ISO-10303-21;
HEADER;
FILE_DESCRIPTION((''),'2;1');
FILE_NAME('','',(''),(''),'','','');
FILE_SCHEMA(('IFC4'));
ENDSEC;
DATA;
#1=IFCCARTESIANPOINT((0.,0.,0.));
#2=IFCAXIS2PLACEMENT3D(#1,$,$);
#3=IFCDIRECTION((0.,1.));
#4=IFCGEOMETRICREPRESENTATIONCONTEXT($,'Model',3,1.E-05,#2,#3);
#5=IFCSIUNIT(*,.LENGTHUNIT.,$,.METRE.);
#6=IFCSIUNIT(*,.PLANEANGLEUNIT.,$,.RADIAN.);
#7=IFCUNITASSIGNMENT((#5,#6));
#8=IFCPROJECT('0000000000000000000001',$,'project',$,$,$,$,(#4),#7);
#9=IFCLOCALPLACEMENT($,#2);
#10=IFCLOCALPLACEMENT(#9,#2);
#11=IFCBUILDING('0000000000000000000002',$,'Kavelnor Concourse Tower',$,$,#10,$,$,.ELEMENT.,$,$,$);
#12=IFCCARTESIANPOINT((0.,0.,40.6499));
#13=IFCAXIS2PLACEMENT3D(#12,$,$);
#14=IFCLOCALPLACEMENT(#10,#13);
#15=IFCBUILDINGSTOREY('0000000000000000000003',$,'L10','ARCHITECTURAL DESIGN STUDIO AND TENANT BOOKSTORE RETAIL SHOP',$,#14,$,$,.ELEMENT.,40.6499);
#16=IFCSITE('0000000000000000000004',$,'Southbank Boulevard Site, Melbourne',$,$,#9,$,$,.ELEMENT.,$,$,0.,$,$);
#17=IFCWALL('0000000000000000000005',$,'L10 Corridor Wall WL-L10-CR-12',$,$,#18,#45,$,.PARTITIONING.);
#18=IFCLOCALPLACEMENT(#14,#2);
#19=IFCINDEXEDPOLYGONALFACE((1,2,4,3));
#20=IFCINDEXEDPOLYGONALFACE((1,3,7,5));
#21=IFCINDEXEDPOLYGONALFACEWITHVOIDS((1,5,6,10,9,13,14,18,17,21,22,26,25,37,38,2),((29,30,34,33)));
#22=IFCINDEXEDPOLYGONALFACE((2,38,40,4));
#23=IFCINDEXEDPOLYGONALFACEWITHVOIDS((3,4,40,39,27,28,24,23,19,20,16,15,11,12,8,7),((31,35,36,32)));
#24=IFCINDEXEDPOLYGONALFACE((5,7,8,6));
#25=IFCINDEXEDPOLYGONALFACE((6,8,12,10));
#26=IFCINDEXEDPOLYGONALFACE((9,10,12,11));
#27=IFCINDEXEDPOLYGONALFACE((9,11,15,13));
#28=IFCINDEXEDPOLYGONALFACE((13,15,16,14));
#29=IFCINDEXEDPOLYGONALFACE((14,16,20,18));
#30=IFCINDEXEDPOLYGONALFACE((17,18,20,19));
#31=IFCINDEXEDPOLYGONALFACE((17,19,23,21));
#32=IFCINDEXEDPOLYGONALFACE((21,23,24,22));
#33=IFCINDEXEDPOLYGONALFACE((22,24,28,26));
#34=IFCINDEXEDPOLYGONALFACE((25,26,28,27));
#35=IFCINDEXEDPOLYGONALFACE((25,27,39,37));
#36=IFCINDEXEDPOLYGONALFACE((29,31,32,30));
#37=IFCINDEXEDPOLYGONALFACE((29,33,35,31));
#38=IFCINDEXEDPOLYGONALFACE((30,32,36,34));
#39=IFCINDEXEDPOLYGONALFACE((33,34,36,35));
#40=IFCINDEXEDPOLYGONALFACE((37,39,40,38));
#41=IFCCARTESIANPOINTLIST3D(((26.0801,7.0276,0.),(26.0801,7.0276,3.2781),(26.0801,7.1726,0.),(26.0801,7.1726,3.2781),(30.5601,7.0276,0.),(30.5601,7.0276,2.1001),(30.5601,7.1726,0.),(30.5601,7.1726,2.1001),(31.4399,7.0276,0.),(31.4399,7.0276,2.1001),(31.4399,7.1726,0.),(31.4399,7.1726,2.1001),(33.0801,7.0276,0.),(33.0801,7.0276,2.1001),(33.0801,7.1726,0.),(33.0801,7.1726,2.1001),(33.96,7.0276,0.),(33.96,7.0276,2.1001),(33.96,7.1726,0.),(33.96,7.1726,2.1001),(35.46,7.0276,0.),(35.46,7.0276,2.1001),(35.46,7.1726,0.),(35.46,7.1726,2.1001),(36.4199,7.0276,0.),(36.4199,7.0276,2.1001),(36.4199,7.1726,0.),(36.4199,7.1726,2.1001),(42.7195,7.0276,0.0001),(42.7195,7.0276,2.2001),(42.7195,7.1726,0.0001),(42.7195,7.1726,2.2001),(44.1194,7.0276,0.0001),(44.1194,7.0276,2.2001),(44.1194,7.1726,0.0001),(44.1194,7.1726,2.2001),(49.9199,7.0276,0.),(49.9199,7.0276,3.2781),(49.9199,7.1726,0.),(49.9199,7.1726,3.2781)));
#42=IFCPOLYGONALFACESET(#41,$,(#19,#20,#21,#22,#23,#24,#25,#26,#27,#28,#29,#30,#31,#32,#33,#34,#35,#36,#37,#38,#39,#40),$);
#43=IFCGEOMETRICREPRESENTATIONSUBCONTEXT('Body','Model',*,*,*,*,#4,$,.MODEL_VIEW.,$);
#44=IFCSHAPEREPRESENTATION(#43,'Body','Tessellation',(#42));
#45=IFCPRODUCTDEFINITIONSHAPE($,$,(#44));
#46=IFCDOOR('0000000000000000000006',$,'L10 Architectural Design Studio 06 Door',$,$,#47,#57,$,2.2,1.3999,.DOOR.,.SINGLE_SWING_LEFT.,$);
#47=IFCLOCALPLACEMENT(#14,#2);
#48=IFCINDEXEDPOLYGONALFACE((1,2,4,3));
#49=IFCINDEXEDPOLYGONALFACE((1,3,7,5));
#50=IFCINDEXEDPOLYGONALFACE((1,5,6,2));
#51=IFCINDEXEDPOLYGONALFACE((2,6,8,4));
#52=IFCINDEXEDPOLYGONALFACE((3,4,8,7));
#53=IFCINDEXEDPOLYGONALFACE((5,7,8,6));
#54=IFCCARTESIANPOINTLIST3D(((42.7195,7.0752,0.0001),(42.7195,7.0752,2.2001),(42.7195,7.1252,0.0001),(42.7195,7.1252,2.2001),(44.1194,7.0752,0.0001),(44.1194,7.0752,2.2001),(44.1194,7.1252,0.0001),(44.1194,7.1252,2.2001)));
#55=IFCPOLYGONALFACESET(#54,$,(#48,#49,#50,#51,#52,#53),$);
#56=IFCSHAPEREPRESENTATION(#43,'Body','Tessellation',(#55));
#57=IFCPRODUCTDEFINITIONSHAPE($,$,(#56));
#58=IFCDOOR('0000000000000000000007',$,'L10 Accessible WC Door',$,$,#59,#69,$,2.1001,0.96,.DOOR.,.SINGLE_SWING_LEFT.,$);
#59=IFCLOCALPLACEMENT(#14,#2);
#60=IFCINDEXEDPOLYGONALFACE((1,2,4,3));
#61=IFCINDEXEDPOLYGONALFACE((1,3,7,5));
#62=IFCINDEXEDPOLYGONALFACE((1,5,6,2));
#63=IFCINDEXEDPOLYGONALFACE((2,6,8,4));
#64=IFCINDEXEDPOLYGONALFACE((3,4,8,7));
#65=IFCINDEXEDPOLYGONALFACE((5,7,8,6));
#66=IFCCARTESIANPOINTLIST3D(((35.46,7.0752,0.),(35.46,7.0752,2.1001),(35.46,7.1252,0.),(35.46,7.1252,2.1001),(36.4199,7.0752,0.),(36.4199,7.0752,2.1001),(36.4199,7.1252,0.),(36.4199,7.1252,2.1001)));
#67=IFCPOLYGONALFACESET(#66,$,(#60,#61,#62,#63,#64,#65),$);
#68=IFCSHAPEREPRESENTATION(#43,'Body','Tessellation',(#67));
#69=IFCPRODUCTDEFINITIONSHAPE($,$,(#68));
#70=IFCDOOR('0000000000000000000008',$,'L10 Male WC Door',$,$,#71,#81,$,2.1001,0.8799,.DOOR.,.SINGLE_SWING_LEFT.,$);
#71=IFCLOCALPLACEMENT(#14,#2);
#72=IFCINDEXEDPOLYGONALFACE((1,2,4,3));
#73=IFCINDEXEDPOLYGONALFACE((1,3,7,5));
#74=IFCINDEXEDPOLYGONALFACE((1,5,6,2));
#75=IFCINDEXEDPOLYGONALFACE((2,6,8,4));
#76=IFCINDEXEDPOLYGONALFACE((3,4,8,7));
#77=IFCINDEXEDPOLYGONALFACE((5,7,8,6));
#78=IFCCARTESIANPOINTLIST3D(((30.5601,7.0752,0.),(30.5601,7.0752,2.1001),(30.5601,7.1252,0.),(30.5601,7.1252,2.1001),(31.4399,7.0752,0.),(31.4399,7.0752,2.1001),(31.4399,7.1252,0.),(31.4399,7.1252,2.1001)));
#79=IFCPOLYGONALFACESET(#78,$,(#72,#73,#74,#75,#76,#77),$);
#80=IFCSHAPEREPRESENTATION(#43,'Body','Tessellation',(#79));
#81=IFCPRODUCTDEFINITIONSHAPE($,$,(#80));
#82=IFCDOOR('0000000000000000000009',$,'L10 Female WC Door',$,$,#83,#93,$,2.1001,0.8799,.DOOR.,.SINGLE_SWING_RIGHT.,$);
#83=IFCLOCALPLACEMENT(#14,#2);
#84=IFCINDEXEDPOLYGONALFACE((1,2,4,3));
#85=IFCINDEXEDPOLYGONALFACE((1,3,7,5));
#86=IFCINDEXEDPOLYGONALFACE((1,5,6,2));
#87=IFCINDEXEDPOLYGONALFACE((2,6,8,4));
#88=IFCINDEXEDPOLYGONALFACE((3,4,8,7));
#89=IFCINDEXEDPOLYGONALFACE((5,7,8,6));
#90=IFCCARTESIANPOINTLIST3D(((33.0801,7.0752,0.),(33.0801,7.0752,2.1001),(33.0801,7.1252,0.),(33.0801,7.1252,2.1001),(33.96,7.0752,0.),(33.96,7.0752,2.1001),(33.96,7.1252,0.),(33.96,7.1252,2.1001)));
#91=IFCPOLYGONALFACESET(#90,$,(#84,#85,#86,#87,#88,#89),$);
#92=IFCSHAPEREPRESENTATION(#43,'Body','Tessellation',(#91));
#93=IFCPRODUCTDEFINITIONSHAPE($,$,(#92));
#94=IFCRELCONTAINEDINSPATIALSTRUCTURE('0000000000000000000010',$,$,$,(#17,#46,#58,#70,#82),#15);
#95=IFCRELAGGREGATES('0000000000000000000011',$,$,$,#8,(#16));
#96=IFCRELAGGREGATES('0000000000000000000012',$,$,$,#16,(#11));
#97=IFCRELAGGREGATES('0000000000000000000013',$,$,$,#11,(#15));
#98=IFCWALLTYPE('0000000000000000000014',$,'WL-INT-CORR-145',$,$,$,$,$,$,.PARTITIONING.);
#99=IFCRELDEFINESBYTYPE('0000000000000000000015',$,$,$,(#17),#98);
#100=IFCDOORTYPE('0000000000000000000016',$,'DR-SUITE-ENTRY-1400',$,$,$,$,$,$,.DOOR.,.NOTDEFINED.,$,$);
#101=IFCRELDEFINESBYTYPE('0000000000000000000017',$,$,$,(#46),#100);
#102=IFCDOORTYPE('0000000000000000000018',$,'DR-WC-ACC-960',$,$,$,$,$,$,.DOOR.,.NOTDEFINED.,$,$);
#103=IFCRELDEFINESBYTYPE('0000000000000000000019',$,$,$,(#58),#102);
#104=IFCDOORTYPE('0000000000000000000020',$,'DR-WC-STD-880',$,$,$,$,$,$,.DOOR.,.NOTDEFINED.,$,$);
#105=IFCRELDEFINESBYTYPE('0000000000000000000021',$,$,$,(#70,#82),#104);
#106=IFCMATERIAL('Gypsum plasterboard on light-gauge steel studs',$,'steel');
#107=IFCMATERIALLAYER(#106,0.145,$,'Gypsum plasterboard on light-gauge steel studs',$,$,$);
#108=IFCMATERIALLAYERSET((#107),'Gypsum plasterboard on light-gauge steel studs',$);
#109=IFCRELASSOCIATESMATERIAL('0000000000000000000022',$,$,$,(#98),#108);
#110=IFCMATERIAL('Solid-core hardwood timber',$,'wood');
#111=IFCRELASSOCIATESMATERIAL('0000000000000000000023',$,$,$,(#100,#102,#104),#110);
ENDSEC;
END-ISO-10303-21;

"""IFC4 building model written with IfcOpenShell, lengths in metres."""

from ifc_helpers import new_model, si_unit, direction, frame, frame_2d, origin, place, context, subcontext, project, spatial, rectangle, extrude, material, layer, layer_set, type_object, element, fill, save


model = new_model("IFC4")

# Units and contexts
model_context = context("Model", 3, precision=1e-05, world=origin(), true_north=direction((0.0, 1.0)))
body_context = subcontext(model_context, "Body", "Model", "MODEL_VIEW")
ifc_project = project(units=[si_unit("LENGTHUNIT", "METRE"), si_unit("PLANEANGLEUNIT", "RADIAN")], contexts=[model_context])

# Site, building, storey
site_placement = place(None, origin())
site = spatial("IfcSite", under=ifc_project, at=site_placement, Name="Southbank Boulevard Site, Melbourne", CompositionType="ELEMENT", RefElevation=0.0)
building_placement = place(site_placement, origin())
building = spatial("IfcBuilding", under=site, at=building_placement, Name="Kavelnor Concourse Tower", CompositionType="ELEMENT")
storey_placement = place(building_placement, frame((0.0, 0.0, 40.6499)))
storey = spatial("IfcBuildingStorey", under=building, at=storey_placement, Name="L10", Description="ARCHITECTURAL DESIGN STUDIO AND TENANT BOOKSTORE RETAIL SHOP", CompositionType="ELEMENT", Elevation=40.6499)

# Shared definitions
ifc_material_1 = material(Name="Gypsum plasterboard on light-gauge steel studs", Category="steel")
ifc_layer_1 = layer(ifc_material_1, 0.145, Name="Gypsum plasterboard on light-gauge steel studs")
ifc_layer_set_1 = layer_set([ifc_layer_1], Name="Gypsum plasterboard on light-gauge steel studs")
wall_type_1 = type_object("IfcWallType", Name="WL-INT-CORR-145", PredefinedType="PARTITIONING", material=ifc_layer_set_1)

# Wall, openings, doors
wall_1_placement = place(storey_placement, frame((49.9199, 7.1001, 0.0), z_axis=(0.0, 0.0, 1.0), x_axis=(-1.0, 0.0, 0.0)))
wall_1 = element("IfcWall", 1, at=wall_1_placement, inside=storey, type_object=wall_type_1, Name="L10 Corridor Wall WL-L10-CR-12", PredefinedType="PARTITIONING", context=body_context, shape_type="SweptSolid", body=[
    extrude(rectangle(XDim=23.8398, YDim=0.145, at=frame_2d((11.9199, 0.0))), origin(), (0.0, 0.0, 1.0), 3.2781),
])
opening_1_placement = place(wall_1_placement, frame((18.48, 0.0, 0.0)))
opening_1 = element("IfcOpeningElement", 2, at=opening_1_placement, cuts=wall_1, PredefinedType="OPENING", context=body_context, shape_type="SweptSolid", body=[
    extrude(rectangle(XDim=0.8799, YDim=2.1001, at=frame_2d((0.4399, 1.05))), frame((0.0, 0.0825, 0.0), z_axis=(0.0, -1.0, 0.0), x_axis=(1.0, 0.0, 0.0)), (0.0, 0.0, 1.0), 0.165),
])
opening_2_placement = place(wall_1_placement, frame((15.96, 0.0, 0.0)))
opening_2 = element("IfcOpeningElement", 3, at=opening_2_placement, cuts=wall_1, PredefinedType="OPENING", context=body_context, shape_type="SweptSolid", body=[
    extrude(rectangle(XDim=0.8799, YDim=2.1001, at=frame_2d((0.4399, 1.05))), frame((0.0, 0.0825, 0.0), z_axis=(0.0, -1.0, 0.0), x_axis=(1.0, 0.0, 0.0)), (0.0, 0.0, 1.0), 0.165),
])
opening_3_placement = place(wall_1_placement, frame((13.5, 0.0, 0.0)))
opening_3 = element("IfcOpeningElement", 4, at=opening_3_placement, cuts=wall_1, PredefinedType="OPENING", context=body_context, shape_type="SweptSolid", body=[
    extrude(rectangle(XDim=0.96, YDim=2.1001, at=frame_2d((0.48, 1.05))), frame((0.0, 0.0825, 0.0), z_axis=(0.0, -1.0, 0.0), x_axis=(1.0, 0.0, 0.0)), (0.0, 0.0, 1.0), 0.165),
])
opening_4_placement = place(wall_1_placement, frame((5.8005, 0.0, 0.0)))
opening_4 = element("IfcOpeningElement", 5, at=opening_4_placement, cuts=wall_1, PredefinedType="OPENING", context=body_context, shape_type="SweptSolid", body=[
    extrude(rectangle(XDim=1.3999, YDim=2.2, at=frame_2d((0.7, 1.1001))), frame((0.0, 0.0825, 0.0), z_axis=(0.0, -1.0, 0.0), x_axis=(1.0, 0.0, 0.0)), (0.0, 0.0, 1.0), 0.165),
])
ifc_material_2 = material(Name="Solid-core hardwood timber", Category="wood")
door_type_1 = type_object("IfcDoorType", Name="DR-SUITE-ENTRY-1400", OperationType="NOTDEFINED", PredefinedType="DOOR", material=ifc_material_2)
door_1_placement = place(opening_4_placement, origin())
door_1 = element("IfcDoor", 6, at=door_1_placement, inside=storey, type_object=door_type_1, Name="L10 Architectural Design Studio 06 Door", OperationType="SINGLE_SWING_LEFT", OverallHeight=2.2, OverallWidth=1.3999, PredefinedType="DOOR", context=body_context, shape_type="SweptSolid", body=[
    extrude(rectangle(XDim=1.3999, YDim=2.2, at=frame_2d((0.7, 1.1001))), frame((0.0, 0.0249, 0.0), z_axis=(0.0, -1.0, 0.0), x_axis=(1.0, 0.0, 0.0)), (0.0, 0.0, 1.0), 0.05),
])
fill(opening_4, door_1)
door_type_2 = type_object("IfcDoorType", Name="DR-WC-ACC-960", OperationType="NOTDEFINED", PredefinedType="DOOR", material=ifc_material_2)
door_2_placement = place(opening_3_placement, origin())
door_2 = element("IfcDoor", 7, at=door_2_placement, inside=storey, type_object=door_type_2, Name="L10 Accessible WC Door", OperationType="SINGLE_SWING_LEFT", OverallHeight=2.1001, OverallWidth=0.96, PredefinedType="DOOR", context=body_context, shape_type="SweptSolid", body=[
    extrude(rectangle(XDim=0.96, YDim=2.1001, at=frame_2d((0.48, 1.05))), frame((0.0, 0.0249, 0.0), z_axis=(0.0, -1.0, 0.0), x_axis=(1.0, 0.0, 0.0)), (0.0, 0.0, 1.0), 0.05),
])
fill(opening_3, door_2)
door_type_3 = type_object("IfcDoorType", Name="DR-WC-STD-880", OperationType="NOTDEFINED", PredefinedType="DOOR", material=ifc_material_2)
door_3_placement = place(opening_1_placement, origin())
door_3 = element("IfcDoor", 8, at=door_3_placement, inside=storey, type_object=door_type_3, Name="L10 Male WC Door", OperationType="SINGLE_SWING_LEFT", OverallHeight=2.1001, OverallWidth=0.8799, PredefinedType="DOOR", context=body_context, shape_type="SweptSolid", body=[
    extrude(rectangle(XDim=0.8799, YDim=2.1001, at=frame_2d((0.4399, 1.05))), frame((0.0, 0.0249, 0.0), z_axis=(0.0, -1.0, 0.0), x_axis=(1.0, 0.0, 0.0)), (0.0, 0.0, 1.0), 0.05),
])
fill(opening_1, door_3)
door_4_placement = place(opening_2_placement, origin())
door_4 = element("IfcDoor", 9, at=door_4_placement, inside=storey, type_object=door_type_3, Name="L10 Female WC Door", OperationType="SINGLE_SWING_RIGHT", OverallHeight=2.1001, OverallWidth=0.8799, PredefinedType="DOOR", context=body_context, shape_type="SweptSolid", body=[
    extrude(rectangle(XDim=0.8799, YDim=2.1001, at=frame_2d((0.4399, 1.05))), frame((0.0, 0.0249, 0.0), z_axis=(0.0, -1.0, 0.0), x_axis=(1.0, 0.0, 0.0)), (0.0, 0.0, 1.0), 0.05),
])
fill(opening_2, door_4)

save(model, "model.ifc")
